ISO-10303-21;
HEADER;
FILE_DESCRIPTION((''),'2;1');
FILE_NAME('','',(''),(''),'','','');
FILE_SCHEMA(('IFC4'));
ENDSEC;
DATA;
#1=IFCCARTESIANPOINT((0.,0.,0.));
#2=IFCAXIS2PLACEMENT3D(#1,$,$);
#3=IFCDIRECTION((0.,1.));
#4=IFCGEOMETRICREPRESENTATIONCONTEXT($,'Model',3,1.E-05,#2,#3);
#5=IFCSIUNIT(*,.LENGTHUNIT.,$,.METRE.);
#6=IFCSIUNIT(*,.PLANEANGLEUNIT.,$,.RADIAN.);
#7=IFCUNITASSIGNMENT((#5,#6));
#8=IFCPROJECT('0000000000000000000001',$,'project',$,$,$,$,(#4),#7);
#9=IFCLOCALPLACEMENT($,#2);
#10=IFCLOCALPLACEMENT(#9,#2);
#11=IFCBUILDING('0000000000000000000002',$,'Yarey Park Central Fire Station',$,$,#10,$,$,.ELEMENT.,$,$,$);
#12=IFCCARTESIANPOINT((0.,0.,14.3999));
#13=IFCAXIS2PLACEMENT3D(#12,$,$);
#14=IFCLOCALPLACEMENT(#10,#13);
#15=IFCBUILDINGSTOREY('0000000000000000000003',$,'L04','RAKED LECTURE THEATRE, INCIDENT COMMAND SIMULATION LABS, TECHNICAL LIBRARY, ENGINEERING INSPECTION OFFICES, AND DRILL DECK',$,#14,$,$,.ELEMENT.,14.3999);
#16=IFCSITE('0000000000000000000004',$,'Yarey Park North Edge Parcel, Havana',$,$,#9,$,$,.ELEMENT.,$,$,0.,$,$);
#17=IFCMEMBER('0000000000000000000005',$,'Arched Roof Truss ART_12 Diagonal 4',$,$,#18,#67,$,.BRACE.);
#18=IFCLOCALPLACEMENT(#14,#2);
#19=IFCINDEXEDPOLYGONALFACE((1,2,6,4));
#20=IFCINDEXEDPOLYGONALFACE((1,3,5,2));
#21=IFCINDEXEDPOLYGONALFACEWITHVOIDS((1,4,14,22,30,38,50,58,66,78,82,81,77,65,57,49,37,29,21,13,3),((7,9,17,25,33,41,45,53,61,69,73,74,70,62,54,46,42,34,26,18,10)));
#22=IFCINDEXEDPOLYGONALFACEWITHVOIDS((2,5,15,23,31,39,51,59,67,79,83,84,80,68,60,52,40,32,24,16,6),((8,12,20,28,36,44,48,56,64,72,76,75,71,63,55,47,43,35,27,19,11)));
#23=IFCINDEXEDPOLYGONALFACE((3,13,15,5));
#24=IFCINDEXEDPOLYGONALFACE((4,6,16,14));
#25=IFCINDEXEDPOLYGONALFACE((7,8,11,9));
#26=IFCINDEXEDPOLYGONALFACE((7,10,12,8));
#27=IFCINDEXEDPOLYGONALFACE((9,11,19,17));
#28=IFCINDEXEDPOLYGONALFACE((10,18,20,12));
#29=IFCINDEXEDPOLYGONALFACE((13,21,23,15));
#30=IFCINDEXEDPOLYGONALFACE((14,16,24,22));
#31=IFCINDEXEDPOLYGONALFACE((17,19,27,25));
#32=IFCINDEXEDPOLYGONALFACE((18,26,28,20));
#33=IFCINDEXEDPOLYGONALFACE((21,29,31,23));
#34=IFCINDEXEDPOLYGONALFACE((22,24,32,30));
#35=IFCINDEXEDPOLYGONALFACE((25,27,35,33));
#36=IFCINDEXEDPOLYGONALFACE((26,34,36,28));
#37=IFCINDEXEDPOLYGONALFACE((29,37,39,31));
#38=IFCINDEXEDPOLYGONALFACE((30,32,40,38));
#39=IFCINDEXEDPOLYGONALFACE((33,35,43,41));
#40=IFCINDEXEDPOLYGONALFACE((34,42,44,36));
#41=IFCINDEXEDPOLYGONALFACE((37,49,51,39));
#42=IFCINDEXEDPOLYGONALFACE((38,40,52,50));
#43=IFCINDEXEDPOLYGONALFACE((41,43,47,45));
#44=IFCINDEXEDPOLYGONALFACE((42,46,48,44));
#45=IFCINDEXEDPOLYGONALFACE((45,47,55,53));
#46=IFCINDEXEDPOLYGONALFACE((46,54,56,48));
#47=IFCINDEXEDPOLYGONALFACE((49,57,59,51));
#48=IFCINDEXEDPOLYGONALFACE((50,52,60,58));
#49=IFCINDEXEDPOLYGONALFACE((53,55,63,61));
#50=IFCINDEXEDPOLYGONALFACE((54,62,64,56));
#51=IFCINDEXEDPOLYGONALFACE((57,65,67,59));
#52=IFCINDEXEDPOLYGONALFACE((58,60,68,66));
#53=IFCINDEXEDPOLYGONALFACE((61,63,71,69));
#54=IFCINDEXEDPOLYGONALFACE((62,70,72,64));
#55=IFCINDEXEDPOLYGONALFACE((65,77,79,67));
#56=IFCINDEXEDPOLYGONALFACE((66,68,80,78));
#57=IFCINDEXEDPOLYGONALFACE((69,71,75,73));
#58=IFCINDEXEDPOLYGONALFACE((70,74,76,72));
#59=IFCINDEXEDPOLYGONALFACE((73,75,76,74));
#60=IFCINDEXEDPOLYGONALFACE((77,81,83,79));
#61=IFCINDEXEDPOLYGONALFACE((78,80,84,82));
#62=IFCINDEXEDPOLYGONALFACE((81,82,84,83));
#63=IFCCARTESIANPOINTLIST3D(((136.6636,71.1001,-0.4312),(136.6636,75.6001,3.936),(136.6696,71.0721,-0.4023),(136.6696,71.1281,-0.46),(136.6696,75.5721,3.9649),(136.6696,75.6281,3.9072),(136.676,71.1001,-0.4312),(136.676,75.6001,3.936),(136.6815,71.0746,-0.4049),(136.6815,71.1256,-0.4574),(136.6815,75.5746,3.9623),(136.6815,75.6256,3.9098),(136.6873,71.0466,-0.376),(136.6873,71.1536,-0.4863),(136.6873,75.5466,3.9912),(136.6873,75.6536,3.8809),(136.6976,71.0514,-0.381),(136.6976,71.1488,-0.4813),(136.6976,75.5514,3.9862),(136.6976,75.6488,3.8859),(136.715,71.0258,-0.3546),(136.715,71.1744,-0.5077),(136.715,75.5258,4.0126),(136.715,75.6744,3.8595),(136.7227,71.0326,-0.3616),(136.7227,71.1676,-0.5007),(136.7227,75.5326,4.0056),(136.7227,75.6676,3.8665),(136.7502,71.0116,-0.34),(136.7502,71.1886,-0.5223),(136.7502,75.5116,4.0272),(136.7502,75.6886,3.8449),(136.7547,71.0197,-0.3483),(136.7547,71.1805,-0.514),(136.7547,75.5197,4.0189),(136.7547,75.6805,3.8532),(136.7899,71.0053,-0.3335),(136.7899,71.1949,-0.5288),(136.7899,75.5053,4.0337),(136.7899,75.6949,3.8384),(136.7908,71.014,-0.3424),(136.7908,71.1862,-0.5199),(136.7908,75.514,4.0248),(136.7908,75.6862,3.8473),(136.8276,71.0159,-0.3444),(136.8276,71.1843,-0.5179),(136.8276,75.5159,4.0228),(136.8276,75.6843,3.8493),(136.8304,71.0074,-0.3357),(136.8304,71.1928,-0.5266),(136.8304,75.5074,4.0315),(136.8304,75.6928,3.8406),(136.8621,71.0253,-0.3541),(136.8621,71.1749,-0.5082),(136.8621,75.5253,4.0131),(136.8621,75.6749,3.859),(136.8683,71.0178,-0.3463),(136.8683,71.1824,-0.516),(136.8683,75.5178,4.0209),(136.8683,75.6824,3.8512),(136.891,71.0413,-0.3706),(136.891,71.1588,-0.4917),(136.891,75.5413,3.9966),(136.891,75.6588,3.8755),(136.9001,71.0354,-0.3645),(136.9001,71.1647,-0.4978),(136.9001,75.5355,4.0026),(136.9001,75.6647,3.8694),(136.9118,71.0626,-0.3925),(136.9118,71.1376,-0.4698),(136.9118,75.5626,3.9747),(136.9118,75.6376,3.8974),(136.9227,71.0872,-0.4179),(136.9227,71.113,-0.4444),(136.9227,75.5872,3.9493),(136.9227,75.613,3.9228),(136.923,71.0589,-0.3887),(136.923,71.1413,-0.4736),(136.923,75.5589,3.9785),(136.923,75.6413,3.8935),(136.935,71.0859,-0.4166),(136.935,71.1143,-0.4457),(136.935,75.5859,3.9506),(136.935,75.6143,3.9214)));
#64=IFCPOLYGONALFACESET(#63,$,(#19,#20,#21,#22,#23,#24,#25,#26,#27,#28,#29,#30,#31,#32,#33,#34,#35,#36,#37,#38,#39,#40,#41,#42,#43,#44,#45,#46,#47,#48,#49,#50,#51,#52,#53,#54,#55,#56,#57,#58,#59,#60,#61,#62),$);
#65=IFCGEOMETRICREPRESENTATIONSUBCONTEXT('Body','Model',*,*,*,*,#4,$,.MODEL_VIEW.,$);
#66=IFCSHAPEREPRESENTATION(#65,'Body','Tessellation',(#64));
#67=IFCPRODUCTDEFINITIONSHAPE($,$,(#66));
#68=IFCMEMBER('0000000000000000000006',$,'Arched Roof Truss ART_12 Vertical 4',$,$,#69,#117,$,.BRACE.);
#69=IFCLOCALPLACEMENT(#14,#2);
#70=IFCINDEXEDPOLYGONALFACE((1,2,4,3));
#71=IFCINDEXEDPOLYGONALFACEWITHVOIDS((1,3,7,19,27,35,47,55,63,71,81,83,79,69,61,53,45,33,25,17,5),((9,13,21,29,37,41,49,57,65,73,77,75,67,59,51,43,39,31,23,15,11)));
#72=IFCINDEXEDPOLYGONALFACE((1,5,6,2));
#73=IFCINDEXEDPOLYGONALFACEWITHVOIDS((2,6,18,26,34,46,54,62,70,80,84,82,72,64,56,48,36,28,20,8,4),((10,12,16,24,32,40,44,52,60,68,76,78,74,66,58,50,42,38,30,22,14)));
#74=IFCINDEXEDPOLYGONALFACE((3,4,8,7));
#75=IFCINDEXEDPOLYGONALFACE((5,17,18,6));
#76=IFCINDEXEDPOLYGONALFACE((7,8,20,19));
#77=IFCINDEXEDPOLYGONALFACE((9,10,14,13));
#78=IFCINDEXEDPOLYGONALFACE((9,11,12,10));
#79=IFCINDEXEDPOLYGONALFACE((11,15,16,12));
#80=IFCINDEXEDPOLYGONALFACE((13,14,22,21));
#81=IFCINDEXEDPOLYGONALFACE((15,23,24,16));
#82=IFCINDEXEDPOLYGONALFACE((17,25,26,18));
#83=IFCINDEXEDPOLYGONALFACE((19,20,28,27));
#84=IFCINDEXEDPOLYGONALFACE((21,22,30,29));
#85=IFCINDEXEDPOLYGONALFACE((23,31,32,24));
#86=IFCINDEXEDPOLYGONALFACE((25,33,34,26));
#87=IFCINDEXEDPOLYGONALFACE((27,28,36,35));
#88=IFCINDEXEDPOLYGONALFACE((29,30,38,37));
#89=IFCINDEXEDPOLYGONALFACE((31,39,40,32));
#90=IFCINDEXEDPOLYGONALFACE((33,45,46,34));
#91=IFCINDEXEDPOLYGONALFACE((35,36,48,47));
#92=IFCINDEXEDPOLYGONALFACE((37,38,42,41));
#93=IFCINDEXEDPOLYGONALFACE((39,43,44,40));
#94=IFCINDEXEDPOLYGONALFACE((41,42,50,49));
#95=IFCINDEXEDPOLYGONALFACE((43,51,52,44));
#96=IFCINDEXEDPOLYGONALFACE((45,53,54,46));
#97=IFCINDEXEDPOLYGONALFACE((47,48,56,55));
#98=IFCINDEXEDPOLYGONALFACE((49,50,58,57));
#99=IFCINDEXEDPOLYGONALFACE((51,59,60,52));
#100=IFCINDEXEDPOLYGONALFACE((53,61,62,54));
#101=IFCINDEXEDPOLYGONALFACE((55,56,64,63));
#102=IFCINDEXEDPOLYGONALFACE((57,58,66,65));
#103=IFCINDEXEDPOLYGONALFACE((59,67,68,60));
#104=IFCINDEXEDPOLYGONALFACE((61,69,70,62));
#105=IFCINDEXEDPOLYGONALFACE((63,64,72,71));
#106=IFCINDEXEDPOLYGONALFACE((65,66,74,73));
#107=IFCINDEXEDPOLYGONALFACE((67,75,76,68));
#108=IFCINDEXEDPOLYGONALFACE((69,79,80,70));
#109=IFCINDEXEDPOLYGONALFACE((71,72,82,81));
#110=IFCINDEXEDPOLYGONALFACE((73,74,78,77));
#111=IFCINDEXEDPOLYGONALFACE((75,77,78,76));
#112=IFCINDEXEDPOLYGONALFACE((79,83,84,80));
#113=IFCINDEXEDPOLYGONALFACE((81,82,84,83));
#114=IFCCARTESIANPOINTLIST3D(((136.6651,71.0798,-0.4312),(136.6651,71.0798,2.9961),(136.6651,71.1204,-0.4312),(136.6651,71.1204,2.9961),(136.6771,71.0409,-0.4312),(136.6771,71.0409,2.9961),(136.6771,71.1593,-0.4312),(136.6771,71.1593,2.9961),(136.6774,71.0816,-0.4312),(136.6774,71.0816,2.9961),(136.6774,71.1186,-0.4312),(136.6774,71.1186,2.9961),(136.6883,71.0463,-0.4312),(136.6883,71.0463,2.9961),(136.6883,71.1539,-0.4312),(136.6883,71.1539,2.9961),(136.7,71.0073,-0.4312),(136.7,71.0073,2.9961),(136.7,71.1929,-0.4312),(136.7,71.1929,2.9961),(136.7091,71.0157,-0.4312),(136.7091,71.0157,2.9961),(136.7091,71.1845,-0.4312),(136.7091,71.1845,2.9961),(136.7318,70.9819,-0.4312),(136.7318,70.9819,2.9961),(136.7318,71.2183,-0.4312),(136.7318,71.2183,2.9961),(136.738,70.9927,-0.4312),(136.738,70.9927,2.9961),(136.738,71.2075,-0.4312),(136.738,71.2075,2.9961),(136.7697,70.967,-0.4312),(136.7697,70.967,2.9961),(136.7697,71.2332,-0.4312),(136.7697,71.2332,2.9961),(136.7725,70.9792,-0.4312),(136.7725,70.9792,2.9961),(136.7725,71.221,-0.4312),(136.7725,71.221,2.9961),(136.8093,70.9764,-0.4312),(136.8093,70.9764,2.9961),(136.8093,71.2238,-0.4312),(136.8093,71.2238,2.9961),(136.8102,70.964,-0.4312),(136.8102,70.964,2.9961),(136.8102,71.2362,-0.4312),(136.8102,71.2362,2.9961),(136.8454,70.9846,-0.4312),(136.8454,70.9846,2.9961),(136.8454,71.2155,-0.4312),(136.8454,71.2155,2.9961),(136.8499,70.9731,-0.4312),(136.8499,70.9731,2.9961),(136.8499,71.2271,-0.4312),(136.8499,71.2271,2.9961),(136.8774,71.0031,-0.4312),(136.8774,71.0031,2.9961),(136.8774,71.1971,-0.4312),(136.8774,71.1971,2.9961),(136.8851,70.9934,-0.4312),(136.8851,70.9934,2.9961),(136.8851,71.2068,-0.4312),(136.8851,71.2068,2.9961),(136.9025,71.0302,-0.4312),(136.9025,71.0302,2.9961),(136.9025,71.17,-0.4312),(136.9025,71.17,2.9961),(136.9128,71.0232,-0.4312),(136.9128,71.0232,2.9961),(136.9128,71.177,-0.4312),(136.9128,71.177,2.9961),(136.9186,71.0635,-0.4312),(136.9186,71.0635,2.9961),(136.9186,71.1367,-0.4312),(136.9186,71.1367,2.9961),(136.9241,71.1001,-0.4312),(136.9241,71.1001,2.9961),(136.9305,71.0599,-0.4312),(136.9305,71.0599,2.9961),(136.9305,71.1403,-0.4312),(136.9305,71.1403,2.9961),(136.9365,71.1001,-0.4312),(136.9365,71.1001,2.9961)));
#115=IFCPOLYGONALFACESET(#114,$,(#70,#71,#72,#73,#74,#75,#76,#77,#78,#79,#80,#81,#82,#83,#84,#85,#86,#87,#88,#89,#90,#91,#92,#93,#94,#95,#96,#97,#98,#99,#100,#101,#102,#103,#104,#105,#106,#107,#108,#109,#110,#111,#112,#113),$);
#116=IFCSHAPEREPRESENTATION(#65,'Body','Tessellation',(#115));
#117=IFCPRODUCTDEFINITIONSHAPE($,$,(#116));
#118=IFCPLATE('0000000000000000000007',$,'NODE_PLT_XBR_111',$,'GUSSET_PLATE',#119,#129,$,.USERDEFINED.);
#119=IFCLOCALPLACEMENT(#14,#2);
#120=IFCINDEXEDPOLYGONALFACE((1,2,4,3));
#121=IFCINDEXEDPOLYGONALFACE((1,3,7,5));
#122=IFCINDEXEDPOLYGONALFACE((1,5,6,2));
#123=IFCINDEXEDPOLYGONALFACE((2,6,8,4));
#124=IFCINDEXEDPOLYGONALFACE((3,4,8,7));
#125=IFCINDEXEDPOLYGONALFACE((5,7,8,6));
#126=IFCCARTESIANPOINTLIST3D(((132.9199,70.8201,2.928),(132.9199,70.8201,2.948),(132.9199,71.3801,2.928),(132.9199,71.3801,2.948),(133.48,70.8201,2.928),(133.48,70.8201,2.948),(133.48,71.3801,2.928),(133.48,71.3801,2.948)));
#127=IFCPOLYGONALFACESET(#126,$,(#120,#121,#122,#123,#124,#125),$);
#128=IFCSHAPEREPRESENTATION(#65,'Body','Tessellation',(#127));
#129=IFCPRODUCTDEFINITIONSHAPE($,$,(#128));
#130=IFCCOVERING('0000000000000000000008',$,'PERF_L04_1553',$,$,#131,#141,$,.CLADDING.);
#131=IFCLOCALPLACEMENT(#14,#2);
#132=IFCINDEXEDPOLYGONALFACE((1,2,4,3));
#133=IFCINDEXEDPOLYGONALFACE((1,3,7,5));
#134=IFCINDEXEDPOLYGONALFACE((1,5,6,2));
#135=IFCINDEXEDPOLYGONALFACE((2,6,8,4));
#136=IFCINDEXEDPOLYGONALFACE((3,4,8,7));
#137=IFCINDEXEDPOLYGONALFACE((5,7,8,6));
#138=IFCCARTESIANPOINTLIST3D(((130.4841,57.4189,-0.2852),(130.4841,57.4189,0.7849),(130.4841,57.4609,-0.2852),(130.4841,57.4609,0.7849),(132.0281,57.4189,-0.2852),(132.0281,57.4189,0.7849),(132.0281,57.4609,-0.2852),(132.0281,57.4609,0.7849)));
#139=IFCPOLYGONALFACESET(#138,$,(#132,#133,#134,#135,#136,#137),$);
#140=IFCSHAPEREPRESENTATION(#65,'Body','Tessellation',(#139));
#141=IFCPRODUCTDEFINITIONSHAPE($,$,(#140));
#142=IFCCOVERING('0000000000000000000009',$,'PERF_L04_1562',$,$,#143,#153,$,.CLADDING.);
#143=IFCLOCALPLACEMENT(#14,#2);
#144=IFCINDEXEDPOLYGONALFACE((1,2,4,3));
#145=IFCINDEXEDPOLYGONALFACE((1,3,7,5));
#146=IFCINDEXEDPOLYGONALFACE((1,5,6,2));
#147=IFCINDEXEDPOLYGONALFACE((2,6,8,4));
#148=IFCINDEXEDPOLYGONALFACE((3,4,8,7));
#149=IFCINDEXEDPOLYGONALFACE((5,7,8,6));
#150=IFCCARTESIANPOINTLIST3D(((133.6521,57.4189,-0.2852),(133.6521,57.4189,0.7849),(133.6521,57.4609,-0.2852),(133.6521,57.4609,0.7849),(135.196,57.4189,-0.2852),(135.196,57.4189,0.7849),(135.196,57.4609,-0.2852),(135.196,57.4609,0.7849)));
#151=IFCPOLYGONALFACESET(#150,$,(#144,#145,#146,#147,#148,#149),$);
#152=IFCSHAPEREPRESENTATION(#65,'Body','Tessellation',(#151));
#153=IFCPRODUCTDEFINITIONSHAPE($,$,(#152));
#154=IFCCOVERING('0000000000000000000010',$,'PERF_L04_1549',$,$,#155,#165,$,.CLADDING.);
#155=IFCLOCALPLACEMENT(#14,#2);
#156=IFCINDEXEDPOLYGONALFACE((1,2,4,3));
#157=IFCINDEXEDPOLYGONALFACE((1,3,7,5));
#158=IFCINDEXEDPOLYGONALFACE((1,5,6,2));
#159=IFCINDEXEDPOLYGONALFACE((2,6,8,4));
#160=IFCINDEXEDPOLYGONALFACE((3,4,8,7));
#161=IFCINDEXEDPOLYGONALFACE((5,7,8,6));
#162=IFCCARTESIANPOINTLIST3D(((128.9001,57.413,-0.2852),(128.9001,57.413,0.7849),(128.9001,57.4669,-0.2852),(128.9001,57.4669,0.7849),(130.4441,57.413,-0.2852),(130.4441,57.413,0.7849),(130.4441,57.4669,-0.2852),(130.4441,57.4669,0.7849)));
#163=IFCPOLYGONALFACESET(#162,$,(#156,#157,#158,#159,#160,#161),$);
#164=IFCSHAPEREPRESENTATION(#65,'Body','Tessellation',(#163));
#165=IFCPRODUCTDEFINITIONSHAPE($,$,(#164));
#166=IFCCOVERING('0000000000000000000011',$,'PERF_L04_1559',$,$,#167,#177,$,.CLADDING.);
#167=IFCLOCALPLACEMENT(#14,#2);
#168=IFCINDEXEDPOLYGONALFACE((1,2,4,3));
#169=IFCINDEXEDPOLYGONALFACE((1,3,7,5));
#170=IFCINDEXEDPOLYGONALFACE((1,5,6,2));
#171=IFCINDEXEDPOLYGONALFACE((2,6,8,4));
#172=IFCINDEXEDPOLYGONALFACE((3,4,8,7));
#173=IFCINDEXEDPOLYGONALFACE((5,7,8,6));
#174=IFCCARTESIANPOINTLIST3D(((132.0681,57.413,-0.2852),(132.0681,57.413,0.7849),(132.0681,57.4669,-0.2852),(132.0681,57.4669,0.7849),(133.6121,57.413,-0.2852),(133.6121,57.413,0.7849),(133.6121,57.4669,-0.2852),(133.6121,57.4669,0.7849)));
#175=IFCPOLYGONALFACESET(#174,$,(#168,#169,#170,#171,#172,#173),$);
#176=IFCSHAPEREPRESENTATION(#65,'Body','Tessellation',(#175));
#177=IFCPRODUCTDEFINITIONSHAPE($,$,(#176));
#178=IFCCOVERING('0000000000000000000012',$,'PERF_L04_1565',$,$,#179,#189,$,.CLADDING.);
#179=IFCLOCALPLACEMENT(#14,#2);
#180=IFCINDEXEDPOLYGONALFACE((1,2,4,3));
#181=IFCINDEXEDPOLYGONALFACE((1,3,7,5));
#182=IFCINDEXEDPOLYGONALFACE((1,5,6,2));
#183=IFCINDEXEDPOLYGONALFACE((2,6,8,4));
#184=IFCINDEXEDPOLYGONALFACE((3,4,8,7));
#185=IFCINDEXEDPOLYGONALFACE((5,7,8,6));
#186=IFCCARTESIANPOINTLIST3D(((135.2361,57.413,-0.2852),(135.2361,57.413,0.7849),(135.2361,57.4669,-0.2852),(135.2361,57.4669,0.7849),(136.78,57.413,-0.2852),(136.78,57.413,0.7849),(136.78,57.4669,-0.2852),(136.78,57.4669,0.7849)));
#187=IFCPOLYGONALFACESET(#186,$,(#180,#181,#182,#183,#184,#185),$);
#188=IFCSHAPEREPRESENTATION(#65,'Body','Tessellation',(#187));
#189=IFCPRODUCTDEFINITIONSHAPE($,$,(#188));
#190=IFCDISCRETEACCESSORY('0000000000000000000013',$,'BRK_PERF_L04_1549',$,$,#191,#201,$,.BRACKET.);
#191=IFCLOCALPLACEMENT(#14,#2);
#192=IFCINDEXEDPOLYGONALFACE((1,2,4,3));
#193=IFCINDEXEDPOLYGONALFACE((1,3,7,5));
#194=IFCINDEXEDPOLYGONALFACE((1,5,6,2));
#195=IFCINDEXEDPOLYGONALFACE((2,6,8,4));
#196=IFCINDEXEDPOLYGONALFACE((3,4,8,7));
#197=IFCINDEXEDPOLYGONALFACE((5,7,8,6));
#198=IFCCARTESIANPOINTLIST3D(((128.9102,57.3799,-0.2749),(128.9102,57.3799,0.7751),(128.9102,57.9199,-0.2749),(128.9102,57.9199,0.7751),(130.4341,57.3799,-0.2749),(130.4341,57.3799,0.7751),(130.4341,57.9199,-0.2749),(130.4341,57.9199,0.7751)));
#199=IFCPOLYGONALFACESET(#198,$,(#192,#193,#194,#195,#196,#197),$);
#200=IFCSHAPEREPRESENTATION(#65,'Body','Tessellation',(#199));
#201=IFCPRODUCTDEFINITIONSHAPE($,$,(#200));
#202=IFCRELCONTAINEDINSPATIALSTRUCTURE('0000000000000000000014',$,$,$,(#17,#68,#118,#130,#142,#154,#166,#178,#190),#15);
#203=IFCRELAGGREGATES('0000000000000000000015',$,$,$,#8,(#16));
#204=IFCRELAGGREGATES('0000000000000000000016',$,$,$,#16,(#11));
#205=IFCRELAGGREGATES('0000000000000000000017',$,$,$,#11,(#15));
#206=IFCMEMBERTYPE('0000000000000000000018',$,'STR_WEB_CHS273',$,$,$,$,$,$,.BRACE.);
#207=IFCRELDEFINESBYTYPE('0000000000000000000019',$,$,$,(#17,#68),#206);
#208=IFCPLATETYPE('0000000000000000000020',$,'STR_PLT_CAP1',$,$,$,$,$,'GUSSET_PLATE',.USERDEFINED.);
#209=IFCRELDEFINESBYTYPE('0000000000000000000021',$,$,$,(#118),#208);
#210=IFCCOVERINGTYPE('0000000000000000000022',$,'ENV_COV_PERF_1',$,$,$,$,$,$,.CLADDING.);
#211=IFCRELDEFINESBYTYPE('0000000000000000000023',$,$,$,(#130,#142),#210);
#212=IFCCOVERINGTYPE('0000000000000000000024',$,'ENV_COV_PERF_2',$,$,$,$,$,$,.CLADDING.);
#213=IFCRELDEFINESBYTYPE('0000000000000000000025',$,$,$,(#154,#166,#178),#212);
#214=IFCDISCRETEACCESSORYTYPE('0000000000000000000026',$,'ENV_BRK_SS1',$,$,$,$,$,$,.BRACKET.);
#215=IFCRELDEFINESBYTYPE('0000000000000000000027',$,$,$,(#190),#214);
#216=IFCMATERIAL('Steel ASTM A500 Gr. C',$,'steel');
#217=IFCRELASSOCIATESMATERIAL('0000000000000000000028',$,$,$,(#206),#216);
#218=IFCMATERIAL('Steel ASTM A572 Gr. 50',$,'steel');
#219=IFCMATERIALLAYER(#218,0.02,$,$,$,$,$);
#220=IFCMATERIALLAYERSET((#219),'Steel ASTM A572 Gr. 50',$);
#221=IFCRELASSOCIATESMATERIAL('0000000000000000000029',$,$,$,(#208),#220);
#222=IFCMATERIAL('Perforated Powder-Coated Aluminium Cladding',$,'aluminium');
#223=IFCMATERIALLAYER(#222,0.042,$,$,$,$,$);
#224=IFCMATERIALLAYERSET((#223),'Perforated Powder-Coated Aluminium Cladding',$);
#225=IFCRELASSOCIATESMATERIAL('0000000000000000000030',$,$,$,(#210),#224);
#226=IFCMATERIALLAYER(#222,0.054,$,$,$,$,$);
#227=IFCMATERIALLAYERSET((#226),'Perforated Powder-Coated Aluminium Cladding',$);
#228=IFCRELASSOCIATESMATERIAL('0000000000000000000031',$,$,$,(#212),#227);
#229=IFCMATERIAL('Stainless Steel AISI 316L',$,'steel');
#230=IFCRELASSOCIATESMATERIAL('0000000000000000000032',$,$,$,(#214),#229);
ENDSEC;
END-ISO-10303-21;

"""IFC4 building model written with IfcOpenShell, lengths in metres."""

from ifc_helpers import new_model, si_unit, direction, frame, origin, origin_2d, place, context, subcontext, project, spatial, rectangle, hollow_circle, extrude, material, layer, layer_set, material_profile, profile_set, type_object, element, save


model = new_model("IFC4")

# Units and contexts
model_context = context("Model", 3, precision=1e-05, world=origin(), true_north=direction((0.0, 1.0)))
body_context = subcontext(model_context, "Body", "Model", "MODEL_VIEW")
ifc_project = project(units=[si_unit("LENGTHUNIT", "METRE"), si_unit("PLANEANGLEUNIT", "RADIAN")], contexts=[model_context])

# Site, building, storey
site_placement = place(None, origin())
site = spatial("IfcSite", under=ifc_project, at=site_placement, Name="Yarey Park North Edge Parcel, Havana", CompositionType="ELEMENT", RefElevation=0.0)
building_placement = place(site_placement, origin())
building = spatial("IfcBuilding", under=site, at=building_placement, Name="Yarey Park Central Fire Station", CompositionType="ELEMENT")
storey_placement = place(building_placement, frame((0.0, 0.0, 14.3999)))
storey = spatial("IfcBuildingStorey", under=building, at=storey_placement, Name="L04", Description="RAKED LECTURE THEATRE, INCIDENT COMMAND SIMULATION LABS, TECHNICAL LIBRARY, ENGINEERING INSPECTION OFFICES, AND DRILL DECK", CompositionType="ELEMENT", Elevation=14.3999)

# Members
ifc_material_1 = material(Name="Steel ASTM A500 Gr. C", Category="steel")
ifc_material_profile_1 = material_profile(ifc_material_1, hollow_circle(Radius=0.1365, WallThickness=0.0125, at=origin_2d()), Name="CHS 273x12.5")
ifc_profile_set_1 = profile_set([ifc_material_profile_1], Name="Steel ASTM A500 Gr. C")
member_type_1 = type_object("IfcMemberType", Name="STR_WEB_CHS273", PredefinedType="BRACE", material=ifc_profile_set_1)
member_1_placement = place(storey_placement, frame((136.8, 71.1001, -0.4312), z_axis=(0.0, 0.717617, 0.696438), x_axis=(-1.0, 0.0, 0.0)))
element("IfcMember", 1, at=member_1_placement, inside=storey, type_object=member_type_1, Name="Arched Roof Truss ART_12 Diagonal 4", PredefinedType="BRACE", context=body_context, shape_type="SweptSolid", body=[
    extrude(hollow_circle(Radius=0.1365, WallThickness=0.0125, at=origin_2d()), origin(), (0.0, 0.0, 1.0), 6.2708),
])
member_2_placement = place(storey_placement, frame((136.8, 71.1001, -0.4312), z_axis=(0.0, 0.0, 1.0), x_axis=(1.0, 0.0, 0.0)))
element("IfcMember", 2, at=member_2_placement, inside=storey, type_object=member_type_1, Name="Arched Roof Truss ART_12 Vertical 4", PredefinedType="BRACE", context=body_context, shape_type="SweptSolid", body=[
    extrude(hollow_circle(Radius=0.1365, WallThickness=0.0125, at=origin_2d()), origin(), (0.0, 0.0, 1.0), 3.4272),
])

# Plate
ifc_material_2 = material(Name="Steel ASTM A572 Gr. 50", Category="steel")
ifc_layer_1 = layer(ifc_material_2, 0.02)
ifc_layer_set_1 = layer_set([ifc_layer_1], Name="Steel ASTM A572 Gr. 50")
plate_type = type_object("IfcPlateType", Name="STR_PLT_CAP1", ElementType="GUSSET_PLATE", PredefinedType="USERDEFINED", material=ifc_layer_set_1)
plate_placement = place(storey_placement, frame((133.2, 71.1001, 2.928), z_axis=(0.0, 0.0, 1.0), x_axis=(1.0, 0.0, 0.0)))
element("IfcPlate", 3, at=plate_placement, inside=storey, type_object=plate_type, Name="NODE_PLT_XBR_111", ObjectType="GUSSET_PLATE", PredefinedType="USERDEFINED", context=body_context, shape_type="SweptSolid", body=[
    extrude(rectangle(XDim=0.5601, YDim=0.5601, at=origin_2d()), origin(), (0.0, 0.0, 1.0), 0.02),
])

# Coverings
ifc_material_3 = material(Name="Perforated Powder-Coated Aluminium Cladding", Category="aluminium")
ifc_layer_2 = layer(ifc_material_3, 0.042)
ifc_layer_set_2 = layer_set([ifc_layer_2], Name="Perforated Powder-Coated Aluminium Cladding")
covering_type_1 = type_object("IfcCoveringType", Name="ENV_COV_PERF_1", PredefinedType="CLADDING", material=ifc_layer_set_2)
for number, where, z_axis, x_axis, name in (
    (4, (131.2561, 57.4399, -0.2852), (0.0, 0.0, 1.0), (1.0, 0.0, 0.0), "PERF_L04_1553"),
    (5, (134.4241, 57.4399, -0.2852), (0.0, 0.0, 1.0), (1.0, 0.0, 0.0), "PERF_L04_1562"),
):
    element("IfcCovering", number, at=place(storey_placement, frame(where, z_axis=z_axis, x_axis=x_axis)), inside=storey, type_object=covering_type_1, Name=name, PredefinedType="CLADDING", context=body_context, shape_type="SweptSolid", body=[
        extrude(rectangle(XDim=1.5439, YDim=0.042, at=origin_2d()), origin(), (0.0, 0.0, 1.0), 1.0701),
    ])
ifc_layer_3 = layer(ifc_material_3, 0.054)
ifc_layer_set_3 = layer_set([ifc_layer_3], Name="Perforated Powder-Coated Aluminium Cladding")
covering_type_2 = type_object("IfcCoveringType", Name="ENV_COV_PERF_2", PredefinedType="CLADDING", material=ifc_layer_set_3)
for number, where, z_axis, x_axis, name in (
    (6, (129.6721, 57.4399, -0.2852), (0.0, 0.0, 1.0), (1.0, 0.0, 0.0), "PERF_L04_1549"),
    (7, (132.8401, 57.4399, -0.2852), (0.0, 0.0, 1.0), (1.0, 0.0, 0.0), "PERF_L04_1559"),
    (8, (136.0081, 57.4399, -0.2852), (0.0, 0.0, 1.0), (1.0, 0.0, 0.0), "PERF_L04_1565"),
):
    element("IfcCovering", number, at=place(storey_placement, frame(where, z_axis=z_axis, x_axis=x_axis)), inside=storey, type_object=covering_type_2, Name=name, PredefinedType="CLADDING", context=body_context, shape_type="SweptSolid", body=[
        extrude(rectangle(XDim=1.5439, YDim=0.054, at=origin_2d()), origin(), (0.0, 0.0, 1.0), 1.0701),
    ])

# Discrete accessory
ifc_material_4 = material(Name="Stainless Steel AISI 316L", Category="steel")
discrete_accessory_type = type_object("IfcDiscreteAccessoryType", Name="ENV_BRK_SS1", PredefinedType="BRACKET", material=ifc_material_4)
for number, where, z_axis, x_axis, name in (
    (9, (129.6721, 57.6499, -0.2749), (0.0, 0.0, 1.0), (1.0, 0.0, 0.0), "BRK_PERF_L04_1549"),
):
    element("IfcDiscreteAccessory", number, at=place(storey_placement, frame(where, z_axis=z_axis, x_axis=x_axis)), inside=storey, type_object=discrete_accessory_type, Name=name, PredefinedType="BRACKET", context=body_context, shape_type="SweptSolid", body=[
        extrude(rectangle(XDim=1.5239, YDim=0.54, at=origin_2d()), origin(), (0.0, 0.0, 1.0), 1.05),
    ])

save(model, "model.ifc")
